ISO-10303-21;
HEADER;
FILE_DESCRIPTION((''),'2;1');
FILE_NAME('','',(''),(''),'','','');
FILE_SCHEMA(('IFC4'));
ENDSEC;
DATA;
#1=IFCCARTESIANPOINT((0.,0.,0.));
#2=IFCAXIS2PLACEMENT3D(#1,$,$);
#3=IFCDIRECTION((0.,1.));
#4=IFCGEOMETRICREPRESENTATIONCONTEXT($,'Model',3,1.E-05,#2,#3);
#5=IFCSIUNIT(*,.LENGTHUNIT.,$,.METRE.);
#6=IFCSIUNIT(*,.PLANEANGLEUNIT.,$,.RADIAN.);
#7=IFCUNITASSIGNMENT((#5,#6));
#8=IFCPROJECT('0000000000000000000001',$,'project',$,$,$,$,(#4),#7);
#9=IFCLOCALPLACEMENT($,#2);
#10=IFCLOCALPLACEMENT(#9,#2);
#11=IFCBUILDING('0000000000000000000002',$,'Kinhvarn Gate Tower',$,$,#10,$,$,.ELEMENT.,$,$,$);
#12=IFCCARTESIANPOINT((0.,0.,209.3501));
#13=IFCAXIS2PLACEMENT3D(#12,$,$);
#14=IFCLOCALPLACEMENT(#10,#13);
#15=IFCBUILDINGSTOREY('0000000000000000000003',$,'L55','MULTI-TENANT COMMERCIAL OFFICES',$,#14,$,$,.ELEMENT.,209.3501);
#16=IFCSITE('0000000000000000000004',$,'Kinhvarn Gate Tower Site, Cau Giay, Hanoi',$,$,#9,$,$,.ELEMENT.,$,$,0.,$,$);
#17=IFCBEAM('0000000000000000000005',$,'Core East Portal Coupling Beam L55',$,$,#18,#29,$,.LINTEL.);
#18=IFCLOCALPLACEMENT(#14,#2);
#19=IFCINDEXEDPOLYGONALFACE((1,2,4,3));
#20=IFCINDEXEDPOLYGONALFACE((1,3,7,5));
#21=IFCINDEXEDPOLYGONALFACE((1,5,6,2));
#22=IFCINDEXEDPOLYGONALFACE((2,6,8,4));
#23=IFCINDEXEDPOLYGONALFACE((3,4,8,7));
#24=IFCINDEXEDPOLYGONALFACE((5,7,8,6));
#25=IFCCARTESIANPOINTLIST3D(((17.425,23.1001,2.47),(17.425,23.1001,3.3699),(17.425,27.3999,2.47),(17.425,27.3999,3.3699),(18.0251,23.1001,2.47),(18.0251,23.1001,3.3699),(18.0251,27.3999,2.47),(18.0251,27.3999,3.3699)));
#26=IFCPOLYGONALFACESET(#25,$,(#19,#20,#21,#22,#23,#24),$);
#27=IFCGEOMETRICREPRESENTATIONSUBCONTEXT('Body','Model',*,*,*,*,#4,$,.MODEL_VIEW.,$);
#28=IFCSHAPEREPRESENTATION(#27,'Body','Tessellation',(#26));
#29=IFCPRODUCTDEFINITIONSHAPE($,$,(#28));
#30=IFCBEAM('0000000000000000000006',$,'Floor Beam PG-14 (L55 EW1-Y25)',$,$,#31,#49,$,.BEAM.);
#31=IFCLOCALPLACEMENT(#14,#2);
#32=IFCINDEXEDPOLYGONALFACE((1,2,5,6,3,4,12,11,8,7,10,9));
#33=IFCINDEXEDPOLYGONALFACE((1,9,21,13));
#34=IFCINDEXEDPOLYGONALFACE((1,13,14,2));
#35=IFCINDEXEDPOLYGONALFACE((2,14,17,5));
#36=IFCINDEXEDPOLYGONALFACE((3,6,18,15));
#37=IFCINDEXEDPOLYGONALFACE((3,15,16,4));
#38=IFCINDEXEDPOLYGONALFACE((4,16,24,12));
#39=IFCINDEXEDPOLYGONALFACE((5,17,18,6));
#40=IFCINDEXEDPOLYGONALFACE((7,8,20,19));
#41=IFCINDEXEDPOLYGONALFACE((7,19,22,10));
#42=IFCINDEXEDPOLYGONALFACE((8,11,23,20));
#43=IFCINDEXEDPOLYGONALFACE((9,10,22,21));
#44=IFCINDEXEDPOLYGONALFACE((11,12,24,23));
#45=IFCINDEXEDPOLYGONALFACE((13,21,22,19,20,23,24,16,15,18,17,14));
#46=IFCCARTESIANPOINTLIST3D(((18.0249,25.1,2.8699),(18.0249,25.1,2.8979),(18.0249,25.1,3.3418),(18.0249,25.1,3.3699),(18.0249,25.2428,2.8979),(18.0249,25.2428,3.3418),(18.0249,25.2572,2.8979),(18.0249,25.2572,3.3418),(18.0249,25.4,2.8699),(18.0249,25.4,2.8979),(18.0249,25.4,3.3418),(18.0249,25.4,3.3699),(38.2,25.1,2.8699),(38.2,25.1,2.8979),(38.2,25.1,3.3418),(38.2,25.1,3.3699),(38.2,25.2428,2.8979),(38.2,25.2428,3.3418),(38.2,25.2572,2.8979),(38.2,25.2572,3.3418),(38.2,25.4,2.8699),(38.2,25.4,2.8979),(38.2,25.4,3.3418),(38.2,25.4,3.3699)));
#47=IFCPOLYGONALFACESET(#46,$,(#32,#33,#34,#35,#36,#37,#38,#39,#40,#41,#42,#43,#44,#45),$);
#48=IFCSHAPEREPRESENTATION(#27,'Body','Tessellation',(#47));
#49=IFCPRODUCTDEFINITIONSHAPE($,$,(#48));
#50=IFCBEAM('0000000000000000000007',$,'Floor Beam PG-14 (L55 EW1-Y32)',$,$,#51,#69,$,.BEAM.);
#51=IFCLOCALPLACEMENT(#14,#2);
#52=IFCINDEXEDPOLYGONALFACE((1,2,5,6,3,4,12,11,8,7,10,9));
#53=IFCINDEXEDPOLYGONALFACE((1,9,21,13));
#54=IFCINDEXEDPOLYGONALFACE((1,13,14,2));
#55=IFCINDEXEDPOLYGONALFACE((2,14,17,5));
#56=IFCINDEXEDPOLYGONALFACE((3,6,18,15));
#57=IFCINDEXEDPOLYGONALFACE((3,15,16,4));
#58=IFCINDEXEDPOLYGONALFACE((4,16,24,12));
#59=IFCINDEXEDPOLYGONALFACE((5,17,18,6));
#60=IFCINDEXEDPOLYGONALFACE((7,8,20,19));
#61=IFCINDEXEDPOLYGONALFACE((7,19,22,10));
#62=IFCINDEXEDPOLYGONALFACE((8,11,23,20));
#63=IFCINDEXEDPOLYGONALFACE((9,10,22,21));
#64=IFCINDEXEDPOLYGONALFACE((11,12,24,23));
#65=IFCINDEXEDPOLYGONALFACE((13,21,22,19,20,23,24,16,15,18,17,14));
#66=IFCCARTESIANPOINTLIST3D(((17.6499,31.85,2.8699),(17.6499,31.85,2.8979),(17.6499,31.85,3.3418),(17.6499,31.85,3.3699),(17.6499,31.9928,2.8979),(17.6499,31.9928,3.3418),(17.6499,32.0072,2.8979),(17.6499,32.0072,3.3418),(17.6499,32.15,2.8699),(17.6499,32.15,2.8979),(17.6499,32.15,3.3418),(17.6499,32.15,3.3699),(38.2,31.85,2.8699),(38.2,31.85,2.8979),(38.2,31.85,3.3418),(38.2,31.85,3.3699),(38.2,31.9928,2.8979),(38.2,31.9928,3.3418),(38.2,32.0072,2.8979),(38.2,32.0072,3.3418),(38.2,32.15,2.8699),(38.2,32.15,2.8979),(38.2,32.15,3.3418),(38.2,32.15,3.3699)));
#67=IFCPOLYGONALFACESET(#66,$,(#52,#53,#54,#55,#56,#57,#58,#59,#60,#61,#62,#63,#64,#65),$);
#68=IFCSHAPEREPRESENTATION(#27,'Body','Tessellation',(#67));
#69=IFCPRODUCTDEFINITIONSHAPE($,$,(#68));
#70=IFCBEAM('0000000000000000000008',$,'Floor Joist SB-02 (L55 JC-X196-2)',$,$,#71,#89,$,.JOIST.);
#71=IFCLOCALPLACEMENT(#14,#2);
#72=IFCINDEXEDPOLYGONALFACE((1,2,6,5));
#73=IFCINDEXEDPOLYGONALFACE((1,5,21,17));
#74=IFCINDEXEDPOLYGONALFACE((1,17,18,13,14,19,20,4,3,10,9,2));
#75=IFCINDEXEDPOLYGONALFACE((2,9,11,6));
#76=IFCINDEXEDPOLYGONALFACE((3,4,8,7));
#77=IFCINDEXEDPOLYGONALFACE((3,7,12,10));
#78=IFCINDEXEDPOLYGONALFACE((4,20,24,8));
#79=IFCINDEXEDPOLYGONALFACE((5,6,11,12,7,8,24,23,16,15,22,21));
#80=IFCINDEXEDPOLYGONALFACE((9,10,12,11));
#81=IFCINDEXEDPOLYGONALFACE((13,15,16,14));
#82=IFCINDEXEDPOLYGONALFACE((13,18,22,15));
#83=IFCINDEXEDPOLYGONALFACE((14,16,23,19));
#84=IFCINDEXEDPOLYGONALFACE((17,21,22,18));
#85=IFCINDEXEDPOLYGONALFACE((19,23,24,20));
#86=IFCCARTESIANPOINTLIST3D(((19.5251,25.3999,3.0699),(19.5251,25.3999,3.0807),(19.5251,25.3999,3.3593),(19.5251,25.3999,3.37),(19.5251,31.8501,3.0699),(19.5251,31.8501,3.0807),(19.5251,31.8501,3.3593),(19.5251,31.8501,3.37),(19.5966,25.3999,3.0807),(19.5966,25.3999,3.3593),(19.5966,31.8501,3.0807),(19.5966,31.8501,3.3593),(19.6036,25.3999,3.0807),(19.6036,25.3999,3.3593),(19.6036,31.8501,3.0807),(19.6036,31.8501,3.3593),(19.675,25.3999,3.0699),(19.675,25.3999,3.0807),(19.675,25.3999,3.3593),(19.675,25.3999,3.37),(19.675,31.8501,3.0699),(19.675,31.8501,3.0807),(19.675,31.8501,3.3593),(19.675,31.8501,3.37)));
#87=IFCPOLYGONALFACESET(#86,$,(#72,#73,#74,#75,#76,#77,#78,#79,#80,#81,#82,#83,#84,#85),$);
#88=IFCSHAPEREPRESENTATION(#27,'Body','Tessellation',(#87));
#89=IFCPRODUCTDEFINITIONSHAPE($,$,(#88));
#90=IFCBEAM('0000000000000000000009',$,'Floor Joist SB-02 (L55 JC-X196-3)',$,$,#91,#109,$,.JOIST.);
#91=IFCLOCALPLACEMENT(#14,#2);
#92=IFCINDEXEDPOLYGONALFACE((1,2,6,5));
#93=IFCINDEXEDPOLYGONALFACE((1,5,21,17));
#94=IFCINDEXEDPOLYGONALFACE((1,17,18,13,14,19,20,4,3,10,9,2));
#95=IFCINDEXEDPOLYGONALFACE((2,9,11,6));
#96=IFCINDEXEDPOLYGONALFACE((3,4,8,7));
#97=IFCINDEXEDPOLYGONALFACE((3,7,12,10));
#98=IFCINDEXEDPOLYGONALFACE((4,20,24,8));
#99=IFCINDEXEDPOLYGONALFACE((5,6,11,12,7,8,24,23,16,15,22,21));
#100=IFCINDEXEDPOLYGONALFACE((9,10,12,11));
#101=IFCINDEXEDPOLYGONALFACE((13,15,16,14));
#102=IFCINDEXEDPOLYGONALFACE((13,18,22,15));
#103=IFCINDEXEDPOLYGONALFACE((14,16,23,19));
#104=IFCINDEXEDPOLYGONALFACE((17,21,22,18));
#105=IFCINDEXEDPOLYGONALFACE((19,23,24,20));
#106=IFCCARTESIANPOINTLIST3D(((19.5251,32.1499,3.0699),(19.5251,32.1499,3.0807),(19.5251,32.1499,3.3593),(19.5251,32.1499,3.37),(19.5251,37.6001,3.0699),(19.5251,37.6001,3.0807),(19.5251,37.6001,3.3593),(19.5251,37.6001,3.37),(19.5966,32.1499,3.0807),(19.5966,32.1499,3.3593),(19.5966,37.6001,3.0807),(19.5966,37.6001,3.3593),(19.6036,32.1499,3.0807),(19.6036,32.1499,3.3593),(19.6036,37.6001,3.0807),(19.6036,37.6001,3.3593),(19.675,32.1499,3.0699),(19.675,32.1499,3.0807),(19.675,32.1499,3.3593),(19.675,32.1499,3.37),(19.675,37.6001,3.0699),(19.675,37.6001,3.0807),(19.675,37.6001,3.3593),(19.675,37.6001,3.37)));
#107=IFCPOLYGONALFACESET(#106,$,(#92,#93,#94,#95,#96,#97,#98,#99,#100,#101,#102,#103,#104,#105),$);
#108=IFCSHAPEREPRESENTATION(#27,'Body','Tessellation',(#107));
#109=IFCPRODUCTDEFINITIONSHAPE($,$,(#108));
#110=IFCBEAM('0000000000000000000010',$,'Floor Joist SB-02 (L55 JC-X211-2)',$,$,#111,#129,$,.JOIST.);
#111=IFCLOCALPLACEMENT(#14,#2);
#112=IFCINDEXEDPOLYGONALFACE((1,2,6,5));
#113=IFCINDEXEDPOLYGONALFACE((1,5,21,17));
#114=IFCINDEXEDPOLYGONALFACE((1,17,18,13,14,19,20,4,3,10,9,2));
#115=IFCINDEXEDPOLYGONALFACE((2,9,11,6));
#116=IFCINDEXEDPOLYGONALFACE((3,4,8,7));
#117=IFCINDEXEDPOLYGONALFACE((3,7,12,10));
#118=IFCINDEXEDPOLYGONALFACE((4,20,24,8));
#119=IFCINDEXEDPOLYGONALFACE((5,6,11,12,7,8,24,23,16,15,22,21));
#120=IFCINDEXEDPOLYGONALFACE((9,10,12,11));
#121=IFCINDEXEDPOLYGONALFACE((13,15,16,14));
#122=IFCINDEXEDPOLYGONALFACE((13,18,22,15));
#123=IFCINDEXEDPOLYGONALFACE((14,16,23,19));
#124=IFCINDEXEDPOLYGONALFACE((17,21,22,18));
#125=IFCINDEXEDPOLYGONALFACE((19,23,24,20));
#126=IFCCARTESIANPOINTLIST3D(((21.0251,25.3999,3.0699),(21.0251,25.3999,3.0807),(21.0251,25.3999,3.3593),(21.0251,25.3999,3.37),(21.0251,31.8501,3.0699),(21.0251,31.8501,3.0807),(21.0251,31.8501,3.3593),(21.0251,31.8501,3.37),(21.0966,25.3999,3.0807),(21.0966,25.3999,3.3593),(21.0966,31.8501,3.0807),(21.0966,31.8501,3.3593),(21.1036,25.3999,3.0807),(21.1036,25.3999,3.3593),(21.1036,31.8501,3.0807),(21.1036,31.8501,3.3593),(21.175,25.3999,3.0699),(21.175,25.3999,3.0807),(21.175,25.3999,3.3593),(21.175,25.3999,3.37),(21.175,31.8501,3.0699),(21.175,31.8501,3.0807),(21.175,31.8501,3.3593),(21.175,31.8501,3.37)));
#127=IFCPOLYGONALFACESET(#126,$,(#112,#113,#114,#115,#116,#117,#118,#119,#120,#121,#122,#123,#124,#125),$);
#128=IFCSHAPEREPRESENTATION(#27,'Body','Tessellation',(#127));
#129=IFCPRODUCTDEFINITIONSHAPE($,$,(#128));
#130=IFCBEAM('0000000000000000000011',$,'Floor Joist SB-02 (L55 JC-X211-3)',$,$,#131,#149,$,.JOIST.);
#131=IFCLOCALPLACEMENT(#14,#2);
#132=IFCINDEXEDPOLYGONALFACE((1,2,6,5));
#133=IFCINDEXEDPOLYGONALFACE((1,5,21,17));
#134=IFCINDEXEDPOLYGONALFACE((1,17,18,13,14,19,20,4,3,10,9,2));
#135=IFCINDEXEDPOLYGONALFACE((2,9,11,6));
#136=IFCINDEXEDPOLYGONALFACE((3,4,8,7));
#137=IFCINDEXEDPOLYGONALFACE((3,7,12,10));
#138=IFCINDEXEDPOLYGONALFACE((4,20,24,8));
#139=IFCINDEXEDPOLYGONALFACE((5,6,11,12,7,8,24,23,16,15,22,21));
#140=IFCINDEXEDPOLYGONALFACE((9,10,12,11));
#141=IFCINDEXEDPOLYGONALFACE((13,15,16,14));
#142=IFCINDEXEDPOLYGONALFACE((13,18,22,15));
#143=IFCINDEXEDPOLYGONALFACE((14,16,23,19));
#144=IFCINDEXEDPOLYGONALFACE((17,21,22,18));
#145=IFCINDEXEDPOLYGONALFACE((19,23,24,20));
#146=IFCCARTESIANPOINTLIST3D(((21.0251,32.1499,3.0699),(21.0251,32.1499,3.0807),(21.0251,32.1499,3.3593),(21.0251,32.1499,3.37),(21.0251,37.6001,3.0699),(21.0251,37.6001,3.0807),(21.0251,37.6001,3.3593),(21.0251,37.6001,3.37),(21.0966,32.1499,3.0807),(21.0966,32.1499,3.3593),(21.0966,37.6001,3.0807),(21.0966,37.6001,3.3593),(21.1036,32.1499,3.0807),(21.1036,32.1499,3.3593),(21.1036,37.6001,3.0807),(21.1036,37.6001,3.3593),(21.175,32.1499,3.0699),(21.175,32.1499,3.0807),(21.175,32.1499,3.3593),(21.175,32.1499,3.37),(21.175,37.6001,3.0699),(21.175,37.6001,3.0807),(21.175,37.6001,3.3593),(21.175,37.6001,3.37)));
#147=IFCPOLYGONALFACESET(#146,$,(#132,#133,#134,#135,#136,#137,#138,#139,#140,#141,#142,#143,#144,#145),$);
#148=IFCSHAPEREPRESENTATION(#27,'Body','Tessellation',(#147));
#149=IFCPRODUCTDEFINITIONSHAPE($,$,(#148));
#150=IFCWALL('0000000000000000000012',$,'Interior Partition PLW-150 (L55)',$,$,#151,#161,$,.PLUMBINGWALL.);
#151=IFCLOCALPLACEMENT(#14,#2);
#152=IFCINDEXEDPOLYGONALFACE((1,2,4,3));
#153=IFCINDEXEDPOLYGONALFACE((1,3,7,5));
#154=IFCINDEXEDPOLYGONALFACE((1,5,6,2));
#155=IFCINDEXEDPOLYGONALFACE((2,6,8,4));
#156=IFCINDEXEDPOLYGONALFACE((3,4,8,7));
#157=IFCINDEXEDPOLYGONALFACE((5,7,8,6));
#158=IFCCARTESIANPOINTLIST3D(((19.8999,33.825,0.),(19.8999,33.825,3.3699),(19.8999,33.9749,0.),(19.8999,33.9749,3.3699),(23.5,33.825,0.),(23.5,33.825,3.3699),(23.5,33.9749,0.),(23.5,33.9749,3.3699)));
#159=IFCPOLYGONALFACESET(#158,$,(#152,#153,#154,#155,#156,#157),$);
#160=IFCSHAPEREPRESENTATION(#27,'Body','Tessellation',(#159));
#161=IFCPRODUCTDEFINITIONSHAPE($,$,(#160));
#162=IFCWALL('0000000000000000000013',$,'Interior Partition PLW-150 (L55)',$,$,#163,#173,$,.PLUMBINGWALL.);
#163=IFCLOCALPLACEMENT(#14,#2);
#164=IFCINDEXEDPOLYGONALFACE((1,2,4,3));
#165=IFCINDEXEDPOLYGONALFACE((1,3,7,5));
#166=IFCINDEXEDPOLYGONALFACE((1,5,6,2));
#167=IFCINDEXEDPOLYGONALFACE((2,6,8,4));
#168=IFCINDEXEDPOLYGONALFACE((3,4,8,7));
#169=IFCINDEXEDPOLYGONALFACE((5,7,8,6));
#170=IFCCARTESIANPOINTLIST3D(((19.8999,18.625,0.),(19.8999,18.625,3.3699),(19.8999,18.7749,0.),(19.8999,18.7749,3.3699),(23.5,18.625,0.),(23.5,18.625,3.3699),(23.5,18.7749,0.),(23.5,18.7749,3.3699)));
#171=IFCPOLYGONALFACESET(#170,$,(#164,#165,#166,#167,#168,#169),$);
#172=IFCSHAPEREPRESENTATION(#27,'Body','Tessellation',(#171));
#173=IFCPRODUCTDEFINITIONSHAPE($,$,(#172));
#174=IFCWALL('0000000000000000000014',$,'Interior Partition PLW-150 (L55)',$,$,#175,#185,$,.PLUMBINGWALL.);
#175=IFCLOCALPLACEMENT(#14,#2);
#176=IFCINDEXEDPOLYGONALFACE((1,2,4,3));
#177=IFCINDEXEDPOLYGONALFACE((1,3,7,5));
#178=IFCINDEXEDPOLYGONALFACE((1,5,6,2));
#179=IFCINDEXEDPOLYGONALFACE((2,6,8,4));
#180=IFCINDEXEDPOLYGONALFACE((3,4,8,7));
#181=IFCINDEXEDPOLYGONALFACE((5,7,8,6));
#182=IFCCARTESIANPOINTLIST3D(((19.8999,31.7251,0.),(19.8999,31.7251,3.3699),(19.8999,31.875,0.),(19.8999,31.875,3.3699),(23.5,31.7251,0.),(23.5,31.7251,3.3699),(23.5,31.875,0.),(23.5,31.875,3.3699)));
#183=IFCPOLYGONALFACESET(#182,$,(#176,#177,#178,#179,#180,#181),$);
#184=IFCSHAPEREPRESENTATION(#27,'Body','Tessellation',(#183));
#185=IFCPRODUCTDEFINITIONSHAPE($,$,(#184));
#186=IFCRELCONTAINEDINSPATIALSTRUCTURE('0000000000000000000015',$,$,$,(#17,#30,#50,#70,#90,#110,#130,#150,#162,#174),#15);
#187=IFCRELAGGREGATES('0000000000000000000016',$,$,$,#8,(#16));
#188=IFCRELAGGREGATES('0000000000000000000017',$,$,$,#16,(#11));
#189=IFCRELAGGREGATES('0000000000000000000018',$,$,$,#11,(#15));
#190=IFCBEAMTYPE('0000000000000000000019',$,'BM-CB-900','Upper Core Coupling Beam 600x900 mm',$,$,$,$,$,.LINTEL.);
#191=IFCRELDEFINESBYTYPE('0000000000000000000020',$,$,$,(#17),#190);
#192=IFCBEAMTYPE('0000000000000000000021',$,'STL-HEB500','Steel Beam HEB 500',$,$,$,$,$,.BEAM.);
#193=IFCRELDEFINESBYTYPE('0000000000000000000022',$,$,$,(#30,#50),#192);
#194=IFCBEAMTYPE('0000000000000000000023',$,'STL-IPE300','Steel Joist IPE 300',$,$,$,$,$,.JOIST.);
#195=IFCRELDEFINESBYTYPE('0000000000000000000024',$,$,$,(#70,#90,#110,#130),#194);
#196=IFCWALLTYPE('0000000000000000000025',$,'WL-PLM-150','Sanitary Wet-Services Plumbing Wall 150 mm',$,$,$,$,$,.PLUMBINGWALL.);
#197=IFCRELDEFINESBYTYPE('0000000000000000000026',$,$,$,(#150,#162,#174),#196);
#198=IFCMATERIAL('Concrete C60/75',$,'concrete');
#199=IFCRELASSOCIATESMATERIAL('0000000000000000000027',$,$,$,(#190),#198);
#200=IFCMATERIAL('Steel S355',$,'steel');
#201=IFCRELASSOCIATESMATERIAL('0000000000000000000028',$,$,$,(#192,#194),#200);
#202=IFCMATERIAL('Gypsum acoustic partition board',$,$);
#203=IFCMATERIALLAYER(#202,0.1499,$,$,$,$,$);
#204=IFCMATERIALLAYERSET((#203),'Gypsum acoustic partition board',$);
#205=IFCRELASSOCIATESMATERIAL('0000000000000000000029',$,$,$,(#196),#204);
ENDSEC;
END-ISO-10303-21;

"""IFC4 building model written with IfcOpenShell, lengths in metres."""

from ifc_helpers import new_model, si_unit, direction, frame, frame_2d, origin, origin_2d, place, context, subcontext, project, spatial, rectangle, i_section, extrude, material, layer, layer_set, material_profile, profile_set, type_object, element, save


model = new_model("IFC4")

# Units and contexts
model_context = context("Model", 3, precision=1e-05, world=origin(), true_north=direction((0.0, 1.0)))
body_context = subcontext(model_context, "Body", "Model", "MODEL_VIEW")
ifc_project = project(units=[si_unit("LENGTHUNIT", "METRE"), si_unit("PLANEANGLEUNIT", "RADIAN")], contexts=[model_context])

# Site, building, storey
site_placement = place(None, origin())
site = spatial("IfcSite", under=ifc_project, at=site_placement, Name="Kinhvarn Gate Tower Site, Cau Giay, Hanoi", CompositionType="ELEMENT", RefElevation=0.0)
building_placement = place(site_placement, origin())
building = spatial("IfcBuilding", under=site, at=building_placement, Name="Kinhvarn Gate Tower", CompositionType="ELEMENT")
storey_placement = place(building_placement, frame((0.0, 0.0, 209.3501)))
storey = spatial("IfcBuildingStorey", under=building, at=storey_placement, Name="L55", Description="MULTI-TENANT COMMERCIAL OFFICES", CompositionType="ELEMENT", Elevation=209.3501)

# Beams
ifc_material_1 = material(Name="Concrete C60/75", Category="concrete")
ifc_material_profile_1 = material_profile(ifc_material_1, rectangle(XDim=0.6001, YDim=0.8999, at=origin_2d()), Name="RC 600x900")
ifc_profile_set_1 = profile_set([ifc_material_profile_1], Name="Concrete C60/75")
beam_type_1 = type_object("IfcBeamType", Name="BM-CB-900", Description="Upper Core Coupling Beam 600x900 mm", PredefinedType="LINTEL", material=ifc_profile_set_1)
beam_1_placement = place(storey_placement, frame((17.7251, 23.1001, 2.9199), z_axis=(0.0, 1.0, 0.0), x_axis=(-1.0, 0.0, 0.0)))
element("IfcBeam", 1, at=beam_1_placement, inside=storey, type_object=beam_type_1, Name="Core East Portal Coupling Beam L55", PredefinedType="LINTEL", context=body_context, shape_type="SweptSolid", body=[
    extrude(rectangle(XDim=0.6001, YDim=0.8999, at=origin_2d()), origin(), (0.0, 0.0, 1.0), 4.2998),
])
ifc_material_2 = material(Name="Steel S355", Category="steel")
ifc_material_profile_2 = material_profile(ifc_material_2, i_section(OverallWidth=0.3, OverallDepth=0.5, WebThickness=0.0144, FlangeThickness=0.0281, at=origin_2d()), Name="HEB 500")
ifc_profile_set_2 = profile_set([ifc_material_profile_2], Name="Steel S355")
beam_type_2 = type_object("IfcBeamType", Name="STL-HEB500", Description="Steel Beam HEB 500", PredefinedType="BEAM", material=ifc_profile_set_2)
beam_2_placement = place(storey_placement, frame((18.0249, 25.25, 3.1199), z_axis=(1.0, 0.0, 0.0), x_axis=(0.0, 1.0, 0.0)))
element("IfcBeam", 2, at=beam_2_placement, inside=storey, type_object=beam_type_2, Name="Floor Beam PG-14 (L55 EW1-Y25)", PredefinedType="BEAM", context=body_context, shape_type="SweptSolid", body=[
    extrude(i_section(OverallWidth=0.3, OverallDepth=0.5, WebThickness=0.0144, FlangeThickness=0.0281, at=origin_2d()), origin(), (0.0, 0.0, 1.0), 20.175),
])
beam_3_placement = place(storey_placement, frame((17.6499, 32.0, 3.1199), z_axis=(1.0, 0.0, 0.0), x_axis=(0.0, 1.0, 0.0)))
element("IfcBeam", 3, at=beam_3_placement, inside=storey, type_object=beam_type_2, Name="Floor Beam PG-14 (L55 EW1-Y32)", PredefinedType="BEAM", context=body_context, shape_type="SweptSolid", body=[
    extrude(i_section(OverallWidth=0.3, OverallDepth=0.5, WebThickness=0.0144, FlangeThickness=0.0281, at=origin_2d()), origin(), (0.0, 0.0, 1.0), 20.55),
])
ifc_material_profile_3 = material_profile(ifc_material_2, i_section(OverallWidth=0.1499, OverallDepth=0.3, WebThickness=0.0071, FlangeThickness=0.0107, at=origin_2d()), Name="IPE 300")
ifc_profile_set_3 = profile_set([ifc_material_profile_3], Name="Steel S355")
beam_type_3 = type_object("IfcBeamType", Name="STL-IPE300", Description="Steel Joist IPE 300", PredefinedType="JOIST", material=ifc_profile_set_3)
beam_4_placement = place(storey_placement, frame((19.6001, 25.3999, 3.22), z_axis=(0.0, 1.0, 0.0), x_axis=(-1.0, 0.0, 0.0)))
element("IfcBeam", 4, at=beam_4_placement, inside=storey, type_object=beam_type_3, Name="Floor Joist SB-02 (L55 JC-X196-2)", PredefinedType="JOIST", context=body_context, shape_type="SweptSolid", body=[
    extrude(i_section(OverallWidth=0.1499, OverallDepth=0.3, WebThickness=0.0071, FlangeThickness=0.0107, at=origin_2d()), origin(), (0.0, 0.0, 1.0), 6.4502),
])
beam_5_placement = place(storey_placement, frame((19.6001, 32.1499, 3.22), z_axis=(0.0, 1.0, 0.0), x_axis=(-1.0, 0.0, 0.0)))
element("IfcBeam", 5, at=beam_5_placement, inside=storey, type_object=beam_type_3, Name="Floor Joist SB-02 (L55 JC-X196-3)", PredefinedType="JOIST", context=body_context, shape_type="SweptSolid", body=[
    extrude(i_section(OverallWidth=0.1499, OverallDepth=0.3, WebThickness=0.0071, FlangeThickness=0.0107, at=origin_2d()), origin(), (0.0, 0.0, 1.0), 5.4502),
])
beam_6_placement = place(storey_placement, frame((21.1001, 25.3999, 3.22), z_axis=(0.0, 1.0, 0.0), x_axis=(-1.0, 0.0, 0.0)))
element("IfcBeam", 6, at=beam_6_placement, inside=storey, type_object=beam_type_3, Name="Floor Joist SB-02 (L55 JC-X211-2)", PredefinedType="JOIST", context=body_context, shape_type="SweptSolid", body=[
    extrude(i_section(OverallWidth=0.1499, OverallDepth=0.3, WebThickness=0.0071, FlangeThickness=0.0107, at=origin_2d()), origin(), (0.0, 0.0, 1.0), 6.4502),
])
beam_7_placement = place(storey_placement, frame((21.1001, 32.1499, 3.22), z_axis=(0.0, 1.0, 0.0), x_axis=(-1.0, 0.0, 0.0)))
element("IfcBeam", 7, at=beam_7_placement, inside=storey, type_object=beam_type_3, Name="Floor Joist SB-02 (L55 JC-X211-3)", PredefinedType="JOIST", context=body_context, shape_type="SweptSolid", body=[
    extrude(i_section(OverallWidth=0.1499, OverallDepth=0.3, WebThickness=0.0071, FlangeThickness=0.0107, at=origin_2d()), origin(), (0.0, 0.0, 1.0), 5.4502),
])

# Walls
ifc_material_3 = material(Name="Gypsum acoustic partition board")
ifc_layer_1 = layer(ifc_material_3, 0.1499)
ifc_layer_set_1 = layer_set([ifc_layer_1], Name="Gypsum acoustic partition board")
wall_type_1 = type_object("IfcWallType", Name="WL-PLM-150", Description="Sanitary Wet-Services Plumbing Wall 150 mm", PredefinedType="PLUMBINGWALL", material=ifc_layer_set_1)
for number, where, z_axis, x_axis, name in (
    (8, (19.8999, 33.8999, 0.0), (0.0, 0.0, 1.0), (1.0, 0.0, 0.0), "Interior Partition PLW-150 (L55)"),
    (9, (19.8999, 18.7, 0.0), (0.0, 0.0, 1.0), (1.0, 0.0, 0.0), "Interior Partition PLW-150 (L55)"),
    (10, (19.8999, 31.8, 0.0), (0.0, 0.0, 1.0), (1.0, 0.0, 0.0), "Interior Partition PLW-150 (L55)"),
):
    element("IfcWall", number, at=place(storey_placement, frame(where, z_axis=z_axis, x_axis=x_axis)), inside=storey, type_object=wall_type_1, Name=name, PredefinedType="PLUMBINGWALL", context=body_context, shape_type="SweptSolid", body=[
        extrude(rectangle(XDim=3.6001, YDim=0.1499, at=frame_2d((1.8, 0.0))), origin(), (0.0, 0.0, 1.0), 3.3699),
    ])

save(model, "model.ifc")
